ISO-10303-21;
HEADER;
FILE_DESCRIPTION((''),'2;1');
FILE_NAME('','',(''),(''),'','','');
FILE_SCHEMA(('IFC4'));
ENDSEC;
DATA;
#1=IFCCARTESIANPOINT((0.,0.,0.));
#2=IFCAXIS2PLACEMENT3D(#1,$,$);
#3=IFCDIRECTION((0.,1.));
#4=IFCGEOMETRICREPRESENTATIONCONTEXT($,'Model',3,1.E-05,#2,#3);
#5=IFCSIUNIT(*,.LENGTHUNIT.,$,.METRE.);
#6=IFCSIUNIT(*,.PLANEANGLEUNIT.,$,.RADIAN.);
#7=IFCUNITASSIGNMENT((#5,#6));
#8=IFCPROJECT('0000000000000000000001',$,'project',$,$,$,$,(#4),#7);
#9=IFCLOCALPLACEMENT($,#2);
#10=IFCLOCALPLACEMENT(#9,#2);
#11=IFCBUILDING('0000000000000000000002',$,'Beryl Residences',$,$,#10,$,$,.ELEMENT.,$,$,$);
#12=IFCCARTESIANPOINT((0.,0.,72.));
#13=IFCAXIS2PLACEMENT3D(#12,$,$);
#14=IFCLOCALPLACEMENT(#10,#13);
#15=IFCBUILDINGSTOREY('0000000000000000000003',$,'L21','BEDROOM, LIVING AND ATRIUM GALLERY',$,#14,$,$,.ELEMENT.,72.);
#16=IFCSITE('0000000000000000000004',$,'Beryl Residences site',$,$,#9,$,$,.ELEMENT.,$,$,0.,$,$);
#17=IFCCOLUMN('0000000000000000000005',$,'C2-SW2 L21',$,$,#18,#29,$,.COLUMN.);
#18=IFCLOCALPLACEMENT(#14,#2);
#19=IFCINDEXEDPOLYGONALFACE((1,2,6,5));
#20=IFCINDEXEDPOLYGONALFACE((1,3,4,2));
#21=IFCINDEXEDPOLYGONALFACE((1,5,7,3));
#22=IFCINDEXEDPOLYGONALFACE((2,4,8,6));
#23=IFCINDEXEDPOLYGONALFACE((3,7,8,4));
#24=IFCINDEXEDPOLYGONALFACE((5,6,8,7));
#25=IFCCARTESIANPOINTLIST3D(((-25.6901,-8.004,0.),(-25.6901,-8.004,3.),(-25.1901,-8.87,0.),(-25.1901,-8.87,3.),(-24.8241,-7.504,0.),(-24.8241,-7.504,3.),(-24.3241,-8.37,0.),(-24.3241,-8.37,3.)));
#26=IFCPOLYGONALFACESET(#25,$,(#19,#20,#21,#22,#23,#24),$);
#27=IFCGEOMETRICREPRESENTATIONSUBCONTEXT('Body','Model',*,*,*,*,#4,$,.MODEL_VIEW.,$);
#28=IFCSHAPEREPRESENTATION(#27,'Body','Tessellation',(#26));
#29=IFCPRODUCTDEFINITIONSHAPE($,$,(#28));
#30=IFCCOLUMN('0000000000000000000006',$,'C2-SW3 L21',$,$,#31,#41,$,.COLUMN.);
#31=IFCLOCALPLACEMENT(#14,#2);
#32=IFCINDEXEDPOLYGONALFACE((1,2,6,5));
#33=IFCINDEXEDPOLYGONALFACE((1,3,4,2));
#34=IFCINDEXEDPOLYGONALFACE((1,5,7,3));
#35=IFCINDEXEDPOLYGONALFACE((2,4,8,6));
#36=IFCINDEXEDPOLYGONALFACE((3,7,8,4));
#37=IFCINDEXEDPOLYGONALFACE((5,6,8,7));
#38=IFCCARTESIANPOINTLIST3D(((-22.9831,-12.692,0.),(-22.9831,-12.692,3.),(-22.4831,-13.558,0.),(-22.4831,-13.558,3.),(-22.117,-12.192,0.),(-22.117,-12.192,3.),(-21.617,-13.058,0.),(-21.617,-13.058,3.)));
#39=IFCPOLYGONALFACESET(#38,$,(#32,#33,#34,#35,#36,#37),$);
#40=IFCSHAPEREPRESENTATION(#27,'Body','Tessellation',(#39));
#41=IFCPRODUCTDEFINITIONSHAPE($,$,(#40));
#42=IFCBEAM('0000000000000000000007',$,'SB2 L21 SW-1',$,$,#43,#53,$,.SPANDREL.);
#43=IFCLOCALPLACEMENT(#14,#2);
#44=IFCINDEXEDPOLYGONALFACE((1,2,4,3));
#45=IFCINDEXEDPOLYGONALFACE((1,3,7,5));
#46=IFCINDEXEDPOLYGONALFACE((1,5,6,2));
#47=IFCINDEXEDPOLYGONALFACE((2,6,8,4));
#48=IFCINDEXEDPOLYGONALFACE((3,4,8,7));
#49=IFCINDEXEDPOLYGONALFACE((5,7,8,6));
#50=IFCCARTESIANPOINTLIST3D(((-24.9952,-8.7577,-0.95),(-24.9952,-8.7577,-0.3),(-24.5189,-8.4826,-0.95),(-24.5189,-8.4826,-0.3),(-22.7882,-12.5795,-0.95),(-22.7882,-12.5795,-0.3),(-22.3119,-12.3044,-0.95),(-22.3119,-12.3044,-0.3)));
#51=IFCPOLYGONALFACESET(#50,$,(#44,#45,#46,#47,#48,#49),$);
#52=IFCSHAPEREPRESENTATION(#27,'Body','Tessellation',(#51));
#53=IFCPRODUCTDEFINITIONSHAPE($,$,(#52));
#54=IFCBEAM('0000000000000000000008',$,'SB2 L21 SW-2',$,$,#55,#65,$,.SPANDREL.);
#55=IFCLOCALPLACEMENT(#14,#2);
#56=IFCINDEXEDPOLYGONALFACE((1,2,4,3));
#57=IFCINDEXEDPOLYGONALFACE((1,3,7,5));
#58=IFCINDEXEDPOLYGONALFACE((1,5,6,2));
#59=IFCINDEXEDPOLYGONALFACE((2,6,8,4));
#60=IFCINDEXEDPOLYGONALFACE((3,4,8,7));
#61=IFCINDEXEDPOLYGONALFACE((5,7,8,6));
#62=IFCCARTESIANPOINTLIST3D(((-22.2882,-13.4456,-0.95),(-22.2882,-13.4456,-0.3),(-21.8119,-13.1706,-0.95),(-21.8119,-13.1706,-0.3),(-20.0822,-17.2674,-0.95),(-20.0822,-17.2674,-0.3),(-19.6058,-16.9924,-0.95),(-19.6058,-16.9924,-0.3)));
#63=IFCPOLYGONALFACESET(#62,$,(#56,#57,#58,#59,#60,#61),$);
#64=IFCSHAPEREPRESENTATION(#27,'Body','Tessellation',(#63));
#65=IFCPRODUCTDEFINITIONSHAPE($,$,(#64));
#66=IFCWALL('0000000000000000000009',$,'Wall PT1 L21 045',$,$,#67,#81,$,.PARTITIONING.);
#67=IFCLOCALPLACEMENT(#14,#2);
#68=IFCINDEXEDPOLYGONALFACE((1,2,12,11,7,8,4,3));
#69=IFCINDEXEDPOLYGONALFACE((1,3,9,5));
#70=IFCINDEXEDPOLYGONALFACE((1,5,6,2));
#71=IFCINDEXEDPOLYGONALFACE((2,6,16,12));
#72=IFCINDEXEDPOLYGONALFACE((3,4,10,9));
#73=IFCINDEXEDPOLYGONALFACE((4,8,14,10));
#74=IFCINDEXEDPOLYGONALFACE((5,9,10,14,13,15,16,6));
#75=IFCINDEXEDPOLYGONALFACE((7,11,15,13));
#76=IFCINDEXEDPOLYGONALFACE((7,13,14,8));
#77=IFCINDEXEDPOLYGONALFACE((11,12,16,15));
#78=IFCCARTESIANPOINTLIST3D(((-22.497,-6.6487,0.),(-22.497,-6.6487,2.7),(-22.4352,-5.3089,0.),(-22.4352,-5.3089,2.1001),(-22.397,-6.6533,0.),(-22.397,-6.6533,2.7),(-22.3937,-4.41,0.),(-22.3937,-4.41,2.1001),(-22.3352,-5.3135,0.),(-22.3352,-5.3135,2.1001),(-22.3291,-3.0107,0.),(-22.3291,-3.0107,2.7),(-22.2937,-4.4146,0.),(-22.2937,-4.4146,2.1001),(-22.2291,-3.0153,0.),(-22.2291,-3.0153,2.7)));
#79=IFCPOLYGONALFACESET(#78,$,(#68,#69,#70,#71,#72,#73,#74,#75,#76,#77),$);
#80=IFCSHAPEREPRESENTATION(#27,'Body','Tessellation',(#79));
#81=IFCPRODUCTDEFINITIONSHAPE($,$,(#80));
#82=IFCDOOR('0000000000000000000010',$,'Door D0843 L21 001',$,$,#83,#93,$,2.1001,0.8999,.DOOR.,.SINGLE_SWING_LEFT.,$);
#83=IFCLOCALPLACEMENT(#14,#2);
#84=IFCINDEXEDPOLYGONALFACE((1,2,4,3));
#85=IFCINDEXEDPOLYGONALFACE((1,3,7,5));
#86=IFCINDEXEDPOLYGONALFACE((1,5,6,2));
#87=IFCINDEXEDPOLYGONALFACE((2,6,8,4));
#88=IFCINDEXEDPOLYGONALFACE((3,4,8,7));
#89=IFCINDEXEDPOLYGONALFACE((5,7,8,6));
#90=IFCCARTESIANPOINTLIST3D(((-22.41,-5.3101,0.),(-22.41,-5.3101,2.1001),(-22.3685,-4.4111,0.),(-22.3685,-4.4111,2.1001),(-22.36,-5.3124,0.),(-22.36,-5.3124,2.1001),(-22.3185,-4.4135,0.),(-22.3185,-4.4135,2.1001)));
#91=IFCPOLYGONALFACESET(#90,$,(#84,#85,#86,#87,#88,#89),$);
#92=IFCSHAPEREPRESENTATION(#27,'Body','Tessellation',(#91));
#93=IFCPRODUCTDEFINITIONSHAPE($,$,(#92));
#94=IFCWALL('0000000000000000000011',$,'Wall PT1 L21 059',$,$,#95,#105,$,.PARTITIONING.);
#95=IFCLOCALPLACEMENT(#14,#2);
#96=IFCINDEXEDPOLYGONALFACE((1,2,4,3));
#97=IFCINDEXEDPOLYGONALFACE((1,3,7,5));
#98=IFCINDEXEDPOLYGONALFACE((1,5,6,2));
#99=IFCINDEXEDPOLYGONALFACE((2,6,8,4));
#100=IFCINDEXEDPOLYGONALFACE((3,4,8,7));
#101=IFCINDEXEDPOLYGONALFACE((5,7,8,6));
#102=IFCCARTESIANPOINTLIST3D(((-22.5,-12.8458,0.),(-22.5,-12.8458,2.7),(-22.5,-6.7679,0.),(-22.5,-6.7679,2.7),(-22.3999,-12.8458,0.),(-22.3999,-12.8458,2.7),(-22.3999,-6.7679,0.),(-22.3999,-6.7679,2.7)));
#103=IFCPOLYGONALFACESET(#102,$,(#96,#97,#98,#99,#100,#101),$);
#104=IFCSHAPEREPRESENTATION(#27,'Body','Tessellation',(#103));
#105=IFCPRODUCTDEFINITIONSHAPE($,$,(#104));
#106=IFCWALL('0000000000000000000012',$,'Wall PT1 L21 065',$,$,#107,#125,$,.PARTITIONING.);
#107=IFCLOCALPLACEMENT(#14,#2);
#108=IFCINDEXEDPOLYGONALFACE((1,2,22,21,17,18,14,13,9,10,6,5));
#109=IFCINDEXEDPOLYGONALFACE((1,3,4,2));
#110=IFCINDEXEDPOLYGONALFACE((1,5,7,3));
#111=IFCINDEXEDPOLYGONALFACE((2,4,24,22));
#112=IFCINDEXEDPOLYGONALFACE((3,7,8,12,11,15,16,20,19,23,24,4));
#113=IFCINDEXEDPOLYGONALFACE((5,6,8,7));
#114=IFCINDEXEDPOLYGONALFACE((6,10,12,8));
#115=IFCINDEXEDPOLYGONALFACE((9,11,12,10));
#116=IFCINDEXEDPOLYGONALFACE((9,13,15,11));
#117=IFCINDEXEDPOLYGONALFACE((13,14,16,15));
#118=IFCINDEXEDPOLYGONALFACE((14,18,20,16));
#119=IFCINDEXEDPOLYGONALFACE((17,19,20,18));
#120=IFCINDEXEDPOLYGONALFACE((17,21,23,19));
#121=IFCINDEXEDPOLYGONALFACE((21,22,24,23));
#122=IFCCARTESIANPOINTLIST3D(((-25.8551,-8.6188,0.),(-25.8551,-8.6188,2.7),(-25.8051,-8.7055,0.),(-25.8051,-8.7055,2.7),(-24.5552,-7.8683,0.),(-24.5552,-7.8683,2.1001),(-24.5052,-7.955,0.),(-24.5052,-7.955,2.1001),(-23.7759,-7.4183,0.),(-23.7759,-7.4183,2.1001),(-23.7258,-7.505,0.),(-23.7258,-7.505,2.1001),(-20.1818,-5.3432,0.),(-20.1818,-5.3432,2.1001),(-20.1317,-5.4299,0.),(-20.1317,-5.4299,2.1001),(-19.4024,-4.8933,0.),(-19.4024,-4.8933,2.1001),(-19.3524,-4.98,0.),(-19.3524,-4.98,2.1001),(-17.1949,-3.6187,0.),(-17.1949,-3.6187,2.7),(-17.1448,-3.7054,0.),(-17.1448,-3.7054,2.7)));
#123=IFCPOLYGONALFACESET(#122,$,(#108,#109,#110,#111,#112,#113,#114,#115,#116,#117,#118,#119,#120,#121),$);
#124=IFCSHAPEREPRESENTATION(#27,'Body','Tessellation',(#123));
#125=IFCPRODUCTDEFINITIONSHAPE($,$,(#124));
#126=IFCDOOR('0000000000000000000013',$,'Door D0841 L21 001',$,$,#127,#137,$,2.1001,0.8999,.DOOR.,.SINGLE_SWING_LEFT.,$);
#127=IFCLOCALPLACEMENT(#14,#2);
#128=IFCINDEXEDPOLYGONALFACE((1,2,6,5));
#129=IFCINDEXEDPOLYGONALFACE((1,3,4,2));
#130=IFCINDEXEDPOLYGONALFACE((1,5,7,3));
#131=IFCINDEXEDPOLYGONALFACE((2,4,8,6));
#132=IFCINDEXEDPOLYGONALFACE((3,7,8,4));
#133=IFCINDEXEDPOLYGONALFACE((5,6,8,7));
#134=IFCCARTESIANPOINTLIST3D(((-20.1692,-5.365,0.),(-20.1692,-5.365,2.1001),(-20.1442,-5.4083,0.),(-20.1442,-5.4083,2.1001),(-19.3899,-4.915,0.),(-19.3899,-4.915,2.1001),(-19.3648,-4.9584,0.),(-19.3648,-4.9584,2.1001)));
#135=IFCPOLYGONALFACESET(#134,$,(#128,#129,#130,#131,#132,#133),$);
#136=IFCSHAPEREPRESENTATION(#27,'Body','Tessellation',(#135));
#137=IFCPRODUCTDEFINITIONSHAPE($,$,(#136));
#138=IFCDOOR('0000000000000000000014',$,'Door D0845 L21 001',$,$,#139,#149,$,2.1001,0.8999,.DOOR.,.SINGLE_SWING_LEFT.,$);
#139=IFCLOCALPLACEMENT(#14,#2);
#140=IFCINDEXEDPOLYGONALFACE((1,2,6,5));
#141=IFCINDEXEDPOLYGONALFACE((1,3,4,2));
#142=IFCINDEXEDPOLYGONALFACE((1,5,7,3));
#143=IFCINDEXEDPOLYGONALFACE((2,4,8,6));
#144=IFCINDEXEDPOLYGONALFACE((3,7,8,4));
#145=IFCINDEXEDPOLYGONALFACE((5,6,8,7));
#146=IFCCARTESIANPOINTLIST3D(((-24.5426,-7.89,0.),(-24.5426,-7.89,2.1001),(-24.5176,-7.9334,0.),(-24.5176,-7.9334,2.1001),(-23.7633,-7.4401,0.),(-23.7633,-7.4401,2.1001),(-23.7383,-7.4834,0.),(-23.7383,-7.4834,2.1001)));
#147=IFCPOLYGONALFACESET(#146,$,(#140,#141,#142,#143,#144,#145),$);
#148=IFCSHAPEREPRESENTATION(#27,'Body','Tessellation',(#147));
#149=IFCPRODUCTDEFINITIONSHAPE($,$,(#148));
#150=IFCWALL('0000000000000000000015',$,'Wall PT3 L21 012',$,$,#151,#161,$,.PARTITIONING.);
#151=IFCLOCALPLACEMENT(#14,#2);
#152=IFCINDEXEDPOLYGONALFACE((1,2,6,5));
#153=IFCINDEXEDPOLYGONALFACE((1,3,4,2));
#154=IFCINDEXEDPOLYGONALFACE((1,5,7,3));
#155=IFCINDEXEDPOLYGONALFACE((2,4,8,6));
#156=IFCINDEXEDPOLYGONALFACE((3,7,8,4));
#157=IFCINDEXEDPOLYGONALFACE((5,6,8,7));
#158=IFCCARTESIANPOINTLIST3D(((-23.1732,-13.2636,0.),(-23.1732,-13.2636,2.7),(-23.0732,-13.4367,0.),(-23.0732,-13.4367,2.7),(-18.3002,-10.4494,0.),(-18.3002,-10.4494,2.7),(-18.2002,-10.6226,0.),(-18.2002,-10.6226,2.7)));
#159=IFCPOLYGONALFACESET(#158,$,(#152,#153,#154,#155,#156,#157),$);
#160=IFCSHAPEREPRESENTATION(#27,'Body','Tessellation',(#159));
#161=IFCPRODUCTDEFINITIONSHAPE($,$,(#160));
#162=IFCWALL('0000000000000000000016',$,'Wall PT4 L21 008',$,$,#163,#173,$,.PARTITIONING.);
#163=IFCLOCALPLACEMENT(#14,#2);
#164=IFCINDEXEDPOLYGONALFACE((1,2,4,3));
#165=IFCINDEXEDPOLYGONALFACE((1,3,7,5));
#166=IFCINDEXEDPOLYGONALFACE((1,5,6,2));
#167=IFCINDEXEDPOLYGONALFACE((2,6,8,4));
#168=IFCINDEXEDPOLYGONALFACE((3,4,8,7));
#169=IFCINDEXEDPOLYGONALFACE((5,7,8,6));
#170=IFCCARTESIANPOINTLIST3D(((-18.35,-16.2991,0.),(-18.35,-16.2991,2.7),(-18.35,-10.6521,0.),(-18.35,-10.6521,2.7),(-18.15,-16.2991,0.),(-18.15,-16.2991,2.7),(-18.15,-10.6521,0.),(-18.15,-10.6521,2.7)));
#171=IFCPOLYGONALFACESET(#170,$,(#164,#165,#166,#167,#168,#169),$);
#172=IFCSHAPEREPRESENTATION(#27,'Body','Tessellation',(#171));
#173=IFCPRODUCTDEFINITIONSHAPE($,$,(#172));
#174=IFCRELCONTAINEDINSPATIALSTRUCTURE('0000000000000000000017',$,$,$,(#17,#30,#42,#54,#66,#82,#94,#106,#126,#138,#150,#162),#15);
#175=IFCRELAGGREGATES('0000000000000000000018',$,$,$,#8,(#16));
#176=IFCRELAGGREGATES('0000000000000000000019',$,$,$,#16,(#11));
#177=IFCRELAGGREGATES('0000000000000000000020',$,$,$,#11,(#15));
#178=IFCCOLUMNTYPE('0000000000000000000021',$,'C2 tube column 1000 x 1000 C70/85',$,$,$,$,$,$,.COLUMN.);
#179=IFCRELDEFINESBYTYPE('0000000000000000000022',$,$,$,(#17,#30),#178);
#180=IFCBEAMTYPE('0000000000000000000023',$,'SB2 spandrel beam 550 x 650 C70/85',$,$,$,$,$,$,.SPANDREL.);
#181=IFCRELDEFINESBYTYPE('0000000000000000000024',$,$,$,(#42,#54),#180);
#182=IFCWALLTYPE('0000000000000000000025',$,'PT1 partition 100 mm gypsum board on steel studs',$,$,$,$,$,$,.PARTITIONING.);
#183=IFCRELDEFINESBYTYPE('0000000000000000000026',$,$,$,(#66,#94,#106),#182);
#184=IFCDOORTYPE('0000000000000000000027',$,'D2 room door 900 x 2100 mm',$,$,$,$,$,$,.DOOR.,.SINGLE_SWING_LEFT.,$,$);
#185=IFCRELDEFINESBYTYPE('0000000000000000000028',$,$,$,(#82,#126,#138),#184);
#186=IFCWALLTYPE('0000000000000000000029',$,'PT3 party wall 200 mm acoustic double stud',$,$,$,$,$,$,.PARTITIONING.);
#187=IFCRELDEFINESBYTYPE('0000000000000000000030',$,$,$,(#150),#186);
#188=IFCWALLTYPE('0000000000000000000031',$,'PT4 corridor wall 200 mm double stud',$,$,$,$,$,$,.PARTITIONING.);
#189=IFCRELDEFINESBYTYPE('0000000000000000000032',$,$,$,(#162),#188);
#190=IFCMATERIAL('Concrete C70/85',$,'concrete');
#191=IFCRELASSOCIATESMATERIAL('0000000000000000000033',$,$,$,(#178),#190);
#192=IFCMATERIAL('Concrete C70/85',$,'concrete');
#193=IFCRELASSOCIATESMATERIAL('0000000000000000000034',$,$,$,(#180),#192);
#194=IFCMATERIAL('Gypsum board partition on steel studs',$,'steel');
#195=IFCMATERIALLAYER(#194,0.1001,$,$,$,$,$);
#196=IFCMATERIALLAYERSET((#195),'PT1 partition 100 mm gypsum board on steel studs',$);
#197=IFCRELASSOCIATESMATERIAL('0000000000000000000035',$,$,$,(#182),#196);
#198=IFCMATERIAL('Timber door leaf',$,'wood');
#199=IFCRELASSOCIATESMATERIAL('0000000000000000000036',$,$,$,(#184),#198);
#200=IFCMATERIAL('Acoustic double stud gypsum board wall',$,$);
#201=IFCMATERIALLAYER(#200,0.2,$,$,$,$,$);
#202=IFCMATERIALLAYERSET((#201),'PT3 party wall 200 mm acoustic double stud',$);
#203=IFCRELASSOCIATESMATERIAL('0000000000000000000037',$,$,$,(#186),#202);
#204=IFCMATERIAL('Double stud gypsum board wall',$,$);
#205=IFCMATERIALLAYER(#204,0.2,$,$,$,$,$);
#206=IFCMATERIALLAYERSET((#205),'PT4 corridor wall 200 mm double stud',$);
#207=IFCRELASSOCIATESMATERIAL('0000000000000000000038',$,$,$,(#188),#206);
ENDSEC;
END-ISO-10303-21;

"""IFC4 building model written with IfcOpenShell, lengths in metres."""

from ifc_helpers import new_model, si_unit, direction, frame, frame_2d, origin, origin_2d, place, context, subcontext, project, spatial, rectangle, extrude, material, layer, layer_set, material_profile, profile_set, type_object, element, fill, save


model = new_model("IFC4")

# Units and contexts
model_context = context("Model", 3, precision=1e-05, world=origin(), true_north=direction((0.0, 1.0)))
body_context = subcontext(model_context, "Body", "Model", "MODEL_VIEW")
ifc_project = project(units=[si_unit("LENGTHUNIT", "METRE"), si_unit("PLANEANGLEUNIT", "RADIAN")], contexts=[model_context])

# Site, building, storey
site_placement = place(None, origin())
site = spatial("IfcSite", under=ifc_project, at=site_placement, Name="Beryl Residences site", CompositionType="ELEMENT", RefElevation=0.0)
building_placement = place(site_placement, origin())
building = spatial("IfcBuilding", under=site, at=building_placement, Name="Beryl Residences", CompositionType="ELEMENT")
storey_placement = place(building_placement, frame((0.0, 0.0, 72.0)))
storey = spatial("IfcBuildingStorey", under=building, at=storey_placement, Name="L21", Description="BEDROOM, LIVING AND ATRIUM GALLERY", CompositionType="ELEMENT", Elevation=72.0)

# Columns
ifc_material_1 = material(Name="Concrete C70/85", Category="concrete")
ifc_material_profile_1 = material_profile(ifc_material_1, rectangle(XDim=1.0, YDim=1.0, at=origin_2d()))
ifc_profile_set_1 = profile_set([ifc_material_profile_1], Name="Concrete C70/85")
column_type = type_object("IfcColumnType", Name="C2 tube column 1000 x 1000 C70/85", PredefinedType="COLUMN", material=ifc_profile_set_1)
for number, where, z_axis, x_axis, name in (
    (1, (-25.0071, -8.187, 0.0), (0.0, 0.0, 1.0), (0.5, -0.866025, 0.0), "C2-SW2 L21"),
    (2, (-22.3, -12.875, 0.0), (0.0, 0.0, 1.0), (0.5, -0.866025, 0.0), "C2-SW3 L21"),
):
    element("IfcColumn", number, at=place(storey_placement, frame(where, z_axis=z_axis, x_axis=x_axis)), inside=storey, type_object=column_type, Name=name, PredefinedType="COLUMN", context=body_context, shape_type="SweptSolid", body=[
        extrude(rectangle(XDim=1.0, YDim=1.0, at=origin_2d()), origin(), (0.0, 0.0, 1.0), 3.0),
    ])

# Beams
ifc_material_2 = material(Name="Concrete C70/85", Category="concrete")
ifc_material_profile_2 = material_profile(ifc_material_2, rectangle(XDim=0.55, YDim=0.6499, at=origin_2d()))
ifc_profile_set_2 = profile_set([ifc_material_profile_2], Name="Concrete C70/85")
beam_type = type_object("IfcBeamType", Name="SB2 spandrel beam 550 x 650 C70/85", PredefinedType="SPANDREL", material=ifc_profile_set_2)
beam_1_placement = place(storey_placement, frame((-24.7571, -8.6201, -0.625), z_axis=(0.50009, -0.865974, 0.0), x_axis=(0.865974, 0.50009, 0.0)))
element("IfcBeam", 3, at=beam_1_placement, inside=storey, type_object=beam_type, Name="SB2 L21 SW-1", PredefinedType="SPANDREL", context=body_context, shape_type="SweptSolid", body=[
    extrude(rectangle(XDim=0.55, YDim=0.6499, at=origin_2d()), origin(), (0.0, 0.0, 1.0), 4.4133),
])
beam_2_placement = place(storey_placement, frame((-22.05, -13.3081, -0.625), z_axis=(0.499924, -0.86607, 0.0), x_axis=(0.86607, 0.499924, 0.0)))
element("IfcBeam", 4, at=beam_2_placement, inside=storey, type_object=beam_type, Name="SB2 L21 SW-2", PredefinedType="SPANDREL", context=body_context, shape_type="SweptSolid", body=[
    extrude(rectangle(XDim=0.55, YDim=0.6499, at=origin_2d()), origin(), (0.0, 0.0, 1.0), 4.4128),
])

# Wall, opening, door
ifc_material_3 = material(Name="Gypsum board partition on steel studs", Category="steel")
ifc_layer_1 = layer(ifc_material_3, 0.1001)
ifc_layer_set_1 = layer_set([ifc_layer_1], Name="PT1 partition 100 mm gypsum board on steel studs")
wall_type_1 = type_object("IfcWallType", Name="PT1 partition 100 mm gypsum board on steel studs", PredefinedType="PARTITIONING", material=ifc_layer_set_1)
wall_1_placement = place(storey_placement, frame((-22.447, -6.6509, 0.0), z_axis=(0.0, 0.0, 1.0), x_axis=(0.046122, 0.998936, 0.0)))
wall_1 = element("IfcWall", 5, at=wall_1_placement, inside=storey, type_object=wall_type_1, Name="Wall PT1 L21 045", PredefinedType="PARTITIONING", context=body_context, shape_type="SweptSolid", body=[
    extrude(rectangle(XDim=3.6418, YDim=0.1001, at=frame_2d((1.8208, 0.0))), origin(), (0.0, 0.0, 1.0), 2.7),
])
opening_1_placement = place(wall_1_placement, frame((1.3411, 0.0, 0.0)))
opening_1 = element("IfcOpeningElement", 6, at=opening_1_placement, cuts=wall_1, PredefinedType="OPENING", context=body_context, shape_type="SweptSolid", body=[
    extrude(rectangle(XDim=0.8999, YDim=2.1001, at=frame_2d((0.45, 1.05))), frame((0.0, 0.0601, 0.0), z_axis=(0.0, -1.0, 0.0), x_axis=(1.0, 0.0, 0.0)), (0.0, 0.0, 1.0), 0.1201),
])
ifc_material_4 = material(Name="Timber door leaf", Category="wood")
door_type_1 = type_object("IfcDoorType", Name="D2 room door 900 x 2100 mm", OperationType="SINGLE_SWING_LEFT", PredefinedType="DOOR", material=ifc_material_4)
door_1_placement = place(opening_1_placement, origin())
door_1 = element("IfcDoor", 7, at=door_1_placement, inside=storey, type_object=door_type_1, Name="Door D0843 L21 001", OperationType="SINGLE_SWING_LEFT", OverallHeight=2.1001, OverallWidth=0.8999, PredefinedType="DOOR", context=body_context, shape_type="SweptSolid", body=[
    extrude(rectangle(XDim=0.8999, YDim=2.1001, at=frame_2d((0.45, 1.05))), frame((0.0, 0.0249, 0.0), z_axis=(0.0, -1.0, 0.0), x_axis=(1.0, 0.0, 0.0)), (0.0, 0.0, 1.0), 0.05),
])
fill(opening_1, door_1)

# Wall
wall_2_placement = place(storey_placement, frame((-22.45, -12.8459, 0.0), z_axis=(0.0, 0.0, 1.0), x_axis=(0.0, 1.0, 0.0)))
element("IfcWall", 8, at=wall_2_placement, inside=storey, type_object=wall_type_1, Name="Wall PT1 L21 059", PredefinedType="PARTITIONING", context=body_context, shape_type="SweptSolid", body=[
    extrude(rectangle(XDim=6.0779, YDim=0.1001, at=frame_2d((3.0391, 0.0))), origin(), (0.0, 0.0, 1.0), 2.7),
])

# Wall, openings, doors
wall_3_placement = place(storey_placement, frame((-25.8301, -8.6621, 0.0), z_axis=(0.0, 0.0, 1.0), x_axis=(0.866023, 0.500004, 0.0)))
wall_3 = element("IfcWall", 9, at=wall_3_placement, inside=storey, type_object=wall_type_1, Name="Wall PT1 L21 065", PredefinedType="PARTITIONING", context=body_context, shape_type="SweptSolid", body=[
    extrude(rectangle(XDim=10.0, YDim=0.1001, at=frame_2d((5.0, 0.0))), origin(), (0.0, 0.0, 1.0), 2.7),
])
opening_2_placement = place(wall_3_placement, frame((6.551, 0.0, 0.0)))
opening_2 = element("IfcOpeningElement", 10, at=opening_2_placement, cuts=wall_3, PredefinedType="OPENING", context=body_context, shape_type="SweptSolid", body=[
    extrude(rectangle(XDim=0.8999, YDim=2.1001, at=frame_2d((0.45, 1.05))), frame((0.0, 0.0601, 0.0), z_axis=(0.0, -1.0, 0.0), x_axis=(1.0, 0.0, 0.0)), (0.0, 0.0, 1.0), 0.1201),
])
opening_3_placement = place(wall_3_placement, frame((1.501, 0.0, 0.0)))
opening_3 = element("IfcOpeningElement", 11, at=opening_3_placement, cuts=wall_3, PredefinedType="OPENING", context=body_context, shape_type="SweptSolid", body=[
    extrude(rectangle(XDim=0.8999, YDim=2.1001, at=frame_2d((0.45, 1.05))), frame((0.0, 0.0601, 0.0), z_axis=(0.0, -1.0, 0.0), x_axis=(1.0, 0.0, 0.0)), (0.0, 0.0, 1.0), 0.1201),
])
door_2_placement = place(opening_2_placement, origin())
door_2 = element("IfcDoor", 12, at=door_2_placement, inside=storey, type_object=door_type_1, Name="Door D0841 L21 001", OperationType="SINGLE_SWING_LEFT", OverallHeight=2.1001, OverallWidth=0.8999, PredefinedType="DOOR", context=body_context, shape_type="SweptSolid", body=[
    extrude(rectangle(XDim=0.8999, YDim=2.1001, at=frame_2d((0.45, 1.05))), frame((0.0, 0.0249, 0.0), z_axis=(0.0, -1.0, 0.0), x_axis=(1.0, 0.0, 0.0)), (0.0, 0.0, 1.0), 0.05),
])
fill(opening_2, door_2)
door_3_placement = place(opening_3_placement, origin())
door_3 = element("IfcDoor", 13, at=door_3_placement, inside=storey, type_object=door_type_1, Name="Door D0845 L21 001", OperationType="SINGLE_SWING_LEFT", OverallHeight=2.1001, OverallWidth=0.8999, PredefinedType="DOOR", context=body_context, shape_type="SweptSolid", body=[
    extrude(rectangle(XDim=0.8999, YDim=2.1001, at=frame_2d((0.45, 1.05))), frame((0.0, 0.0249, 0.0), z_axis=(0.0, -1.0, 0.0), x_axis=(1.0, 0.0, 0.0)), (0.0, 0.0, 1.0), 0.05),
])
fill(opening_3, door_3)

# Walls
ifc_material_5 = material(Name="Acoustic double stud gypsum board wall")
ifc_layer_2 = layer(ifc_material_5, 0.2)
ifc_layer_set_2 = layer_set([ifc_layer_2], Name="PT3 party wall 200 mm acoustic double stud")
wall_type_2 = type_object("IfcWallType", Name="PT3 party wall 200 mm acoustic double stud", PredefinedType="PARTITIONING", material=ifc_layer_set_2)
wall_4_placement = place(storey_placement, frame((-23.123, -13.3501, 0.0), z_axis=(0.0, 0.0, 1.0), x_axis=(0.865967, 0.5001, 0.0)))
element("IfcWall", 14, at=wall_4_placement, inside=storey, type_object=wall_type_2, Name="Wall PT3 L21 012", PredefinedType="PARTITIONING", context=body_context, shape_type="SweptSolid", body=[
    extrude(rectangle(XDim=5.6272, YDim=0.2, at=frame_2d((2.8135, 0.0))), origin(), (0.0, 0.0, 1.0), 2.7),
])
ifc_material_6 = material(Name="Double stud gypsum board wall")
ifc_layer_3 = layer(ifc_material_6, 0.2)
ifc_layer_set_3 = layer_set([ifc_layer_3], Name="PT4 corridor wall 200 mm double stud")
wall_type_3 = type_object("IfcWallType", Name="PT4 corridor wall 200 mm double stud", PredefinedType="PARTITIONING", material=ifc_layer_set_3)
wall_5_placement = place(storey_placement, frame((-18.25, -10.6521, 0.0), z_axis=(0.0, 0.0, 1.0), x_axis=(0.0, -1.0, 0.0)))
element("IfcWall", 15, at=wall_5_placement, inside=storey, type_object=wall_type_3, Name="Wall PT4 L21 008", PredefinedType="PARTITIONING", context=body_context, shape_type="SweptSolid", body=[
    extrude(rectangle(XDim=5.647, YDim=0.2, at=frame_2d((2.8235, 0.0))), origin(), (0.0, 0.0, 1.0), 2.7),
])

save(model, "model.ifc")
